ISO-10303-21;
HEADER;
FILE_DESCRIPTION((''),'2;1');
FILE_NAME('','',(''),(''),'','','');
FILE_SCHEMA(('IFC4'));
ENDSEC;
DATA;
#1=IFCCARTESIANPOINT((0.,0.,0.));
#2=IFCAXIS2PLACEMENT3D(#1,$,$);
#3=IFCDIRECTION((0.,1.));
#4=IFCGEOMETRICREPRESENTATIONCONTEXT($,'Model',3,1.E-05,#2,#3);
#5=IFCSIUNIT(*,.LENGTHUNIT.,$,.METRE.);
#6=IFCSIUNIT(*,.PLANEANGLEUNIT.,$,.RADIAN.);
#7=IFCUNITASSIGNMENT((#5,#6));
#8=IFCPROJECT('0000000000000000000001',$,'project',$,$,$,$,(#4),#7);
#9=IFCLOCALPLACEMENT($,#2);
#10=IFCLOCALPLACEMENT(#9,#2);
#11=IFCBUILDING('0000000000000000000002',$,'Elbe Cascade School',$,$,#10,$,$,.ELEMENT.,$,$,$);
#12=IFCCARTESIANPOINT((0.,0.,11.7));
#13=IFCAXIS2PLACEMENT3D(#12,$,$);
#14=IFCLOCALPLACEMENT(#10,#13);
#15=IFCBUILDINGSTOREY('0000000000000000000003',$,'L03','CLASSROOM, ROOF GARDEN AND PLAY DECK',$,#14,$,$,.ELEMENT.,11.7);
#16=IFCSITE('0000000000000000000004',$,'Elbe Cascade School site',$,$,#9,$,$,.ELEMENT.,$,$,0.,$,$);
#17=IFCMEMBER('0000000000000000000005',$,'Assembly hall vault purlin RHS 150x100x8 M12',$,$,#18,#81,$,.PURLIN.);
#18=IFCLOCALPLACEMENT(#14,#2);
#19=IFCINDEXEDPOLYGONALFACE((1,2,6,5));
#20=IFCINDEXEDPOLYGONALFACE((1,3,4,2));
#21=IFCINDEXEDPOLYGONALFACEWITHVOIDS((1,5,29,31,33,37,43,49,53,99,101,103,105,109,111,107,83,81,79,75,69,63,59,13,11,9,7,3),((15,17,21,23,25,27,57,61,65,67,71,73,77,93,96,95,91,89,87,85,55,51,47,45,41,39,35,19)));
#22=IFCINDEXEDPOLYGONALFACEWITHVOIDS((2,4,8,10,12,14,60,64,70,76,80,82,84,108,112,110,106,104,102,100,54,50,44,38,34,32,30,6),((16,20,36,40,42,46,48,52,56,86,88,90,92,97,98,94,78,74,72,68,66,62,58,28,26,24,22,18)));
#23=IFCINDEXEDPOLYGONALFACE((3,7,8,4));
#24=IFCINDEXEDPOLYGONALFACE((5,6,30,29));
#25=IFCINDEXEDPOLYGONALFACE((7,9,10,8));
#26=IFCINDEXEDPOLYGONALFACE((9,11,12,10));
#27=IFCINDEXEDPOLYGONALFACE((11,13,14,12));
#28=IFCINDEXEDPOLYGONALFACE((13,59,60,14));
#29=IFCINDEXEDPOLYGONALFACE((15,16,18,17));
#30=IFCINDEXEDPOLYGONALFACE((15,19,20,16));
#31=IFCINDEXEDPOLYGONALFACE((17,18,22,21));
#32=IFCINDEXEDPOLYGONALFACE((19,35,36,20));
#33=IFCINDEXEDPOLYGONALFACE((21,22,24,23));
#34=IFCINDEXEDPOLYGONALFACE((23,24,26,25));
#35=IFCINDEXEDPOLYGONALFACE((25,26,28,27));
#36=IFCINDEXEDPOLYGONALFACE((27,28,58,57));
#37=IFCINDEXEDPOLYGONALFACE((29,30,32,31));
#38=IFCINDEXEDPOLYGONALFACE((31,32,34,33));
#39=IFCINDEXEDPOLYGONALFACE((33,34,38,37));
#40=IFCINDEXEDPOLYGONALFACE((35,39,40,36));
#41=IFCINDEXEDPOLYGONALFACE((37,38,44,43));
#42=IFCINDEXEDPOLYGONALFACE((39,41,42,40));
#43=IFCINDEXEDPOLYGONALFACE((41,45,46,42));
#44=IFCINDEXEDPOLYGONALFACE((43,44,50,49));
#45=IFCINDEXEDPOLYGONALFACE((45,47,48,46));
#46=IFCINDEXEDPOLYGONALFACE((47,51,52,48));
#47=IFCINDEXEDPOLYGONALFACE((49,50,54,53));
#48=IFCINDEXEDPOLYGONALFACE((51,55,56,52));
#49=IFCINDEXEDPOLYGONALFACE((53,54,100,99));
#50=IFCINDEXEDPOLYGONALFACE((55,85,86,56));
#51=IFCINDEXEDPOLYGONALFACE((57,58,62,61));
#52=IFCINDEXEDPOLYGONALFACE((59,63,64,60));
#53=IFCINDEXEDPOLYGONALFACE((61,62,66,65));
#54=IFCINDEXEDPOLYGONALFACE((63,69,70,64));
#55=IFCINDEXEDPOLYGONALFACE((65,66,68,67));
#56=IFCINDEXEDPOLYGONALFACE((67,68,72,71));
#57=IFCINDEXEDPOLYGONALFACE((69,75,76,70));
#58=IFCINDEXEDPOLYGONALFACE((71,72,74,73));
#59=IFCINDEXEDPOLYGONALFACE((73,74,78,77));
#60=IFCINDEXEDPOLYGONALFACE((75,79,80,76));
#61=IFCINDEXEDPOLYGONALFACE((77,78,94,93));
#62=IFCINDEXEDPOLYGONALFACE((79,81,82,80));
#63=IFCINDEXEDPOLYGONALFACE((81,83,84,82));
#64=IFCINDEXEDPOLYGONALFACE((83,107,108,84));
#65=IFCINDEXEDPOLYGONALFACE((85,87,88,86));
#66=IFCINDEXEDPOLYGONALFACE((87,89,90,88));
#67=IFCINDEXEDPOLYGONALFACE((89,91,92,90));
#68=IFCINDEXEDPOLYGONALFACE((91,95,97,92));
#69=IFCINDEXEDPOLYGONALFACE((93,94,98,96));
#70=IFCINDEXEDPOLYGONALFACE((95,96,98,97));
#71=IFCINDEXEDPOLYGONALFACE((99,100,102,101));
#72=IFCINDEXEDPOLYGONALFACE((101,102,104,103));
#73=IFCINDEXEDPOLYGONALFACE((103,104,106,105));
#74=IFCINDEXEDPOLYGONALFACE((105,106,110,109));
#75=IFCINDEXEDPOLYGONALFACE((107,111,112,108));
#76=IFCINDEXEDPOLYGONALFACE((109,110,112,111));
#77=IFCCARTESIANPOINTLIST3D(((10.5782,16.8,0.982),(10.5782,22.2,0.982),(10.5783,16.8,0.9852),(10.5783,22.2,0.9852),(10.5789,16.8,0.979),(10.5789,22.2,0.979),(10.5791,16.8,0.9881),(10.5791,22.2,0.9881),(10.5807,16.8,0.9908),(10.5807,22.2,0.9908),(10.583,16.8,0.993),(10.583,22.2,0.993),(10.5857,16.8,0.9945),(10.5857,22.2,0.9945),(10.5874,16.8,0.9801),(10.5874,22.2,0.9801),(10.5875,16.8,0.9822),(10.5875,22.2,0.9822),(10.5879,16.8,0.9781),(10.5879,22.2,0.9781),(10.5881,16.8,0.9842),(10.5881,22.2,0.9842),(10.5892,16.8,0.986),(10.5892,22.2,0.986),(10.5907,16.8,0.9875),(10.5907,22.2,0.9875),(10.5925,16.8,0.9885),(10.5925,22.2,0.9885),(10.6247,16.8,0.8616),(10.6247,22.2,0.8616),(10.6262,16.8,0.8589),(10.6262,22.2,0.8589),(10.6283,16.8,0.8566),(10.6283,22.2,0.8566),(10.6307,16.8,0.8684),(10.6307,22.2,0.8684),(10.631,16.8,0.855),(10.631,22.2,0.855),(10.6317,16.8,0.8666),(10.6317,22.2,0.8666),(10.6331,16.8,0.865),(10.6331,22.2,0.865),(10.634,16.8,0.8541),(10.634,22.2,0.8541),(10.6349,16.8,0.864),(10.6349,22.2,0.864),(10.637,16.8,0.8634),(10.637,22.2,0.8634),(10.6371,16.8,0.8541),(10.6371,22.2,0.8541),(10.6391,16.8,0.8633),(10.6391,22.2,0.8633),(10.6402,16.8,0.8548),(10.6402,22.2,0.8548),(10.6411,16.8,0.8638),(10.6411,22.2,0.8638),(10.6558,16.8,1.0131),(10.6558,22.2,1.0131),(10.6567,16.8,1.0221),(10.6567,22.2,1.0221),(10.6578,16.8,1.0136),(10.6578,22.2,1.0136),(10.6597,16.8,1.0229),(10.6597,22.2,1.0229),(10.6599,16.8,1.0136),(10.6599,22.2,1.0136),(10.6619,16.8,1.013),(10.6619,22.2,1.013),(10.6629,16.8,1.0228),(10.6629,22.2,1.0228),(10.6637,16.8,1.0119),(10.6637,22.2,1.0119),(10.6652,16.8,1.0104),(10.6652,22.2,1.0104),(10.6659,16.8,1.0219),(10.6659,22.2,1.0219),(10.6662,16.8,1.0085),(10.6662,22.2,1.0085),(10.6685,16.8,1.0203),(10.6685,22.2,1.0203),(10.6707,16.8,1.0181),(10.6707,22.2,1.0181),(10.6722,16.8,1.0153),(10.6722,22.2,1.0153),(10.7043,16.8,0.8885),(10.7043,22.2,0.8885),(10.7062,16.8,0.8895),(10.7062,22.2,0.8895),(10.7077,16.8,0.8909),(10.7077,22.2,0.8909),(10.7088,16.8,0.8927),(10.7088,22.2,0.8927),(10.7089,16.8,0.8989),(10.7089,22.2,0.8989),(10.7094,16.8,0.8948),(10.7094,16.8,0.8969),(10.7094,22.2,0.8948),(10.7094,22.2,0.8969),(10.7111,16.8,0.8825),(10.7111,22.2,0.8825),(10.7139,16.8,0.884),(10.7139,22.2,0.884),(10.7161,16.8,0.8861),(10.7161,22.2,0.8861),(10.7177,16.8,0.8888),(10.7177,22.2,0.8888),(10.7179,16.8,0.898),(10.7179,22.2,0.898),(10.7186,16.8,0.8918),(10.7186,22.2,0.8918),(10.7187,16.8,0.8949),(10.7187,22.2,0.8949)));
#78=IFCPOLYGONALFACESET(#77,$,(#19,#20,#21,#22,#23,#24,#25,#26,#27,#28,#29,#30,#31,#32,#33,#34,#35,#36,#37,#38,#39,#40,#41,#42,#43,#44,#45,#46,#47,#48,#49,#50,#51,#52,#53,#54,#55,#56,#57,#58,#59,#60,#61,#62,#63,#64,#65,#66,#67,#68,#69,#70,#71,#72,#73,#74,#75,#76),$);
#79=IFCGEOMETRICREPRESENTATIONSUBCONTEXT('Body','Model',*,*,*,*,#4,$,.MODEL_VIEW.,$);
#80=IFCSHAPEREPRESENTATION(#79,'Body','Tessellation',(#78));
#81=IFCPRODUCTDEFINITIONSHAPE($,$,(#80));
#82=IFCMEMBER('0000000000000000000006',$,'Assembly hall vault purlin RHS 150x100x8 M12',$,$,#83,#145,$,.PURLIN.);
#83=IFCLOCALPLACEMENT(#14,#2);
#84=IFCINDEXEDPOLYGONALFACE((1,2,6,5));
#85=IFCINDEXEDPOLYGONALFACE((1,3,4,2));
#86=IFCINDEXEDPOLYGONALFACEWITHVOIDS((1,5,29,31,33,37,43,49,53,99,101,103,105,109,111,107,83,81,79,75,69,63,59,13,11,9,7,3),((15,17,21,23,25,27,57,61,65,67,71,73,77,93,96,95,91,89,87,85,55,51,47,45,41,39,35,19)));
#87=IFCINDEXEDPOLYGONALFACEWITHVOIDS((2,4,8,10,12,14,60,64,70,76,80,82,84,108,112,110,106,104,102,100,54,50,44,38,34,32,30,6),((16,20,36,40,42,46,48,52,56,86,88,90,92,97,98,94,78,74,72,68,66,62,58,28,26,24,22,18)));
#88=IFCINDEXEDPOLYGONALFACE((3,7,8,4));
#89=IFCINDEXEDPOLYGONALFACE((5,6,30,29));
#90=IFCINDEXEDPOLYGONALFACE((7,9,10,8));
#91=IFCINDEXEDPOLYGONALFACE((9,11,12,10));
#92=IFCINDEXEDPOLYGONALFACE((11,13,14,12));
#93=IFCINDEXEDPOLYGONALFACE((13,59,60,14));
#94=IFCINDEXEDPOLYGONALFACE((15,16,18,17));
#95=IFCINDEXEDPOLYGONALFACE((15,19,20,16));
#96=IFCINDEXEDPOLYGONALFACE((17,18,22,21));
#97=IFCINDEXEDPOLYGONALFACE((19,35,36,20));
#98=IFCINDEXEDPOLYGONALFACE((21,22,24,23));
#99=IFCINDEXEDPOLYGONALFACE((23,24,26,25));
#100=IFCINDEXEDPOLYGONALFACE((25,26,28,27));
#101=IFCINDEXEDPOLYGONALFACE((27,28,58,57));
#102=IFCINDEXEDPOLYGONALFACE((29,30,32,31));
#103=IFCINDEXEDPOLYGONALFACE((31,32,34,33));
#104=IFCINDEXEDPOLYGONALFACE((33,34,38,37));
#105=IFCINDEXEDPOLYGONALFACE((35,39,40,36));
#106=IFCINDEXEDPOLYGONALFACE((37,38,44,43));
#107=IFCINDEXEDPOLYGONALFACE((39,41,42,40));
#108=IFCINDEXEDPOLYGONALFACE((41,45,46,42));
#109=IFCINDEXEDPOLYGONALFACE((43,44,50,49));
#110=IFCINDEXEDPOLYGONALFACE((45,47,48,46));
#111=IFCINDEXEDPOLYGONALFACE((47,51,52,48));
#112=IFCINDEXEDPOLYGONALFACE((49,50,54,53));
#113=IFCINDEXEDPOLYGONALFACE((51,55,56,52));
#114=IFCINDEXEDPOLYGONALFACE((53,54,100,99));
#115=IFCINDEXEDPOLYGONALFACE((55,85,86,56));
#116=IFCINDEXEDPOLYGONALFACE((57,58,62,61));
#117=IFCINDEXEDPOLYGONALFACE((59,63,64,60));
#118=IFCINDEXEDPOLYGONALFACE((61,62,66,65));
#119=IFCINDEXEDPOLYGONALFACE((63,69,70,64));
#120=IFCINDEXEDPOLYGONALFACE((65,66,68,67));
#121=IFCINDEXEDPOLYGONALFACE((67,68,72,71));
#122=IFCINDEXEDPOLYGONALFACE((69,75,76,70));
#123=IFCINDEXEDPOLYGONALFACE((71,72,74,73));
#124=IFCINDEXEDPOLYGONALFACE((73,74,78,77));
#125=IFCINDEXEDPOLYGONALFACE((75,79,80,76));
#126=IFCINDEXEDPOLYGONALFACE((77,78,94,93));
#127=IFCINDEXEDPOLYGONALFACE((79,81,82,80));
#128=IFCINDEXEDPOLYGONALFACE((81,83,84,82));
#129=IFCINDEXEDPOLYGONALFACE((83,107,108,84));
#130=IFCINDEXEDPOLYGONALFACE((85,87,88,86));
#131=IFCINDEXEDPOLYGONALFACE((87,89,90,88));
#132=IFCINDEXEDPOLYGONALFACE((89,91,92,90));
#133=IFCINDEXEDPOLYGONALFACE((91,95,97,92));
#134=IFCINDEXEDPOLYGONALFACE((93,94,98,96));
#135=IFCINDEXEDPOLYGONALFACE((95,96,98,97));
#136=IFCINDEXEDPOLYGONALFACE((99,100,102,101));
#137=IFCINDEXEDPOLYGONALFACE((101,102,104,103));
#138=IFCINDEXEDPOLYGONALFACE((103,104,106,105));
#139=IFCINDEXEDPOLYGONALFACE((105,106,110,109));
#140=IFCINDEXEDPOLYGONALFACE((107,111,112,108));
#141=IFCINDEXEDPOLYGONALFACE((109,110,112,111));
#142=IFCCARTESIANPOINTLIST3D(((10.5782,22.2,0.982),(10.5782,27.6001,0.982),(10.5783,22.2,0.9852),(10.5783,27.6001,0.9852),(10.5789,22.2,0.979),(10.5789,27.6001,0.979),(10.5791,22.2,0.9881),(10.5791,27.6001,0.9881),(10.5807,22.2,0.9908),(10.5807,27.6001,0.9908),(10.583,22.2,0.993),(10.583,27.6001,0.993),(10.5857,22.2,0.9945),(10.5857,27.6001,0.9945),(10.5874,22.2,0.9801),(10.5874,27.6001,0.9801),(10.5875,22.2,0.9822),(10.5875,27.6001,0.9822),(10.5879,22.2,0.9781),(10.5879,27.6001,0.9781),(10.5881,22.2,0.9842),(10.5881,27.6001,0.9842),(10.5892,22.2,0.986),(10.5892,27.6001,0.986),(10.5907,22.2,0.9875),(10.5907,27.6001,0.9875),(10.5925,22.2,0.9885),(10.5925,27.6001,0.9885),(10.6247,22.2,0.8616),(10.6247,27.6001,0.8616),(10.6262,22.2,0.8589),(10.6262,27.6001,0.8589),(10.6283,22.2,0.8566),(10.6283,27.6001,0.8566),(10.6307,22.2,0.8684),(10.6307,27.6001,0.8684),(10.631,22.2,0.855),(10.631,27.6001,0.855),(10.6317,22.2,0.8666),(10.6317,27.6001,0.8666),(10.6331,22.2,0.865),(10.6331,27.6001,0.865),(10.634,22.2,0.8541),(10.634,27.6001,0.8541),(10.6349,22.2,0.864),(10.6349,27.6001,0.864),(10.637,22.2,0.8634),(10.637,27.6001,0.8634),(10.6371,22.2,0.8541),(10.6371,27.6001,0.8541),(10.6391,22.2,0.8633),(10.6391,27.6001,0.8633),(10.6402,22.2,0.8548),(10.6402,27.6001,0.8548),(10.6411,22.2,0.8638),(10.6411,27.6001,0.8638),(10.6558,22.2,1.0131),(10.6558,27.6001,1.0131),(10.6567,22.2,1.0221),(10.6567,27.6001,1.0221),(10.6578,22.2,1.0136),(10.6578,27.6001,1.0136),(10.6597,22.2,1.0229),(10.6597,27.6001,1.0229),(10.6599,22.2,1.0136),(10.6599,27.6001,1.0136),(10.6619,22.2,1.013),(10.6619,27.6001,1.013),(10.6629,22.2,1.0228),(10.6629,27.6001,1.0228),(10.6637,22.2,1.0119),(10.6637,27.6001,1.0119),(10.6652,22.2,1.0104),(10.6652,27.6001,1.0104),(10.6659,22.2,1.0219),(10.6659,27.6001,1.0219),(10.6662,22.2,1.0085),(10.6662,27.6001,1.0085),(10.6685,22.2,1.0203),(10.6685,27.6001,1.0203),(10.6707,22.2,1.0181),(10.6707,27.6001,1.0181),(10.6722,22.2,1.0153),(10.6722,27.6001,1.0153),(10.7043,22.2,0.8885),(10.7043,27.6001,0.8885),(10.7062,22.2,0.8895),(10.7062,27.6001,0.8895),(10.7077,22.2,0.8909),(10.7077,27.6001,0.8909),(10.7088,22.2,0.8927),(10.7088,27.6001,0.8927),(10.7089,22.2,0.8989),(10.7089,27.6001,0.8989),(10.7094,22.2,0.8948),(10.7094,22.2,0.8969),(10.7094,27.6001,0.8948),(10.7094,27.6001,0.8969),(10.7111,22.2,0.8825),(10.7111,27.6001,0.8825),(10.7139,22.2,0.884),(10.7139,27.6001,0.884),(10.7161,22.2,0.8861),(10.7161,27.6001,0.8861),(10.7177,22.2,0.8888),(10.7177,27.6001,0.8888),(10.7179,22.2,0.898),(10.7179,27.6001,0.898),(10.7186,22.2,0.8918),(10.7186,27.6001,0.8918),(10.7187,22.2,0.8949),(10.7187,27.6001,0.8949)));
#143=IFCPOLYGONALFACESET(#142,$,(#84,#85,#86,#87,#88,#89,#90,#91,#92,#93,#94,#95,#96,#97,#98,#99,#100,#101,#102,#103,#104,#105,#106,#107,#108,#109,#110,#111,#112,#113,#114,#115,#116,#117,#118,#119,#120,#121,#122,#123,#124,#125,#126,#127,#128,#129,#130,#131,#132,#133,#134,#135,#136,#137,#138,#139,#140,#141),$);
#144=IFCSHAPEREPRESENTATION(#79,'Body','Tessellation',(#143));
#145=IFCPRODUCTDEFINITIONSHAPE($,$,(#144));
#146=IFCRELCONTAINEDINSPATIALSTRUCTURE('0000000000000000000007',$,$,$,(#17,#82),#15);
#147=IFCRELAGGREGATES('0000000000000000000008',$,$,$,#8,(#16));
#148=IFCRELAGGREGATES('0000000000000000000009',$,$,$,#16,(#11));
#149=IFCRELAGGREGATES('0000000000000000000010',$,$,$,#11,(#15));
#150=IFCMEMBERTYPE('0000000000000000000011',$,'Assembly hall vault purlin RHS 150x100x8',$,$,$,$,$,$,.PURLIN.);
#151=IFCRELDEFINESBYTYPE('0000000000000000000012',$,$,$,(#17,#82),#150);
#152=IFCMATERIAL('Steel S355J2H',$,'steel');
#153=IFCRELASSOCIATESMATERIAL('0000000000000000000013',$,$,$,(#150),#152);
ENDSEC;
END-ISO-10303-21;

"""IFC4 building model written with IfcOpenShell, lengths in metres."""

from ifc_helpers import new_model, si_unit, direction, frame, origin, origin_2d, place, context, subcontext, project, spatial, hollow_rectangle, extrude, material, material_profile, profile_set, type_object, element, save


model = new_model("IFC4")

# Units and contexts
model_context = context("Model", 3, precision=1e-05, world=origin(), true_north=direction((0.0, 1.0)))
body_context = subcontext(model_context, "Body", "Model", "MODEL_VIEW")
ifc_project = project(units=[si_unit("LENGTHUNIT", "METRE"), si_unit("PLANEANGLEUNIT", "RADIAN")], contexts=[model_context])

# Site, building, storey
site_placement = place(None, origin())
site = spatial("IfcSite", under=ifc_project, at=site_placement, Name="Elbe Cascade School site", CompositionType="ELEMENT", RefElevation=0.0)
building_placement = place(site_placement, origin())
building = spatial("IfcBuilding", under=site, at=building_placement, Name="Elbe Cascade School", CompositionType="ELEMENT")
storey_placement = place(building_placement, frame((0.0, 0.0, 11.7)))
storey = spatial("IfcBuildingStorey", under=building, at=storey_placement, Name="L03", Description="CLASSROOM, ROOF GARDEN AND PLAY DECK", CompositionType="ELEMENT", Elevation=11.7)

# Members
ifc_material_1 = material(Name="Steel S355J2H", Category="steel")
ifc_material_profile_1 = material_profile(ifc_material_1, hollow_rectangle(XDim=0.1001, YDim=0.1499, WallThickness=0.0081, InnerFilletRadius=0.0081, OuterFilletRadius=0.012, at=origin_2d()), Name="RHS 150x100x8")
ifc_profile_set_1 = profile_set([ifc_material_profile_1], Name="Steel S355J2H")
member_type_1 = type_object("IfcMemberType", Name="Assembly hall vault purlin RHS 150x100x8", PredefinedType="PURLIN", material=ifc_profile_set_1)
member_1_placement = place(storey_placement, frame((10.6484, 16.8, 0.9385), z_axis=(0.0, 1.0, 0.0), x_axis=(-0.93176, 0.0, -0.363076)))
element("IfcMember", 1, at=member_1_placement, inside=storey, type_object=member_type_1, Name="Assembly hall vault purlin RHS 150x100x8 M12", PredefinedType="PURLIN", context=body_context, shape_type="SweptSolid", body=[
    extrude(hollow_rectangle(XDim=0.1001, YDim=0.1499, WallThickness=0.0081, InnerFilletRadius=0.0081, OuterFilletRadius=0.012, at=origin_2d()), origin(), (0.0, 0.0, 1.0), 5.3999),
])
member_2_placement = place(storey_placement, frame((10.6484, 22.2, 0.9385), z_axis=(0.0, 1.0, 0.0), x_axis=(-0.93176, 0.0, -0.363076)))
element("IfcMember", 2, at=member_2_placement, inside=storey, type_object=member_type_1, Name="Assembly hall vault purlin RHS 150x100x8 M12", PredefinedType="PURLIN", context=body_context, shape_type="SweptSolid", body=[
    extrude(hollow_rectangle(XDim=0.1001, YDim=0.1499, WallThickness=0.0081, InnerFilletRadius=0.0081, OuterFilletRadius=0.012, at=origin_2d()), origin(), (0.0, 0.0, 1.0), 5.4001),
])

save(model, "model.ifc")
